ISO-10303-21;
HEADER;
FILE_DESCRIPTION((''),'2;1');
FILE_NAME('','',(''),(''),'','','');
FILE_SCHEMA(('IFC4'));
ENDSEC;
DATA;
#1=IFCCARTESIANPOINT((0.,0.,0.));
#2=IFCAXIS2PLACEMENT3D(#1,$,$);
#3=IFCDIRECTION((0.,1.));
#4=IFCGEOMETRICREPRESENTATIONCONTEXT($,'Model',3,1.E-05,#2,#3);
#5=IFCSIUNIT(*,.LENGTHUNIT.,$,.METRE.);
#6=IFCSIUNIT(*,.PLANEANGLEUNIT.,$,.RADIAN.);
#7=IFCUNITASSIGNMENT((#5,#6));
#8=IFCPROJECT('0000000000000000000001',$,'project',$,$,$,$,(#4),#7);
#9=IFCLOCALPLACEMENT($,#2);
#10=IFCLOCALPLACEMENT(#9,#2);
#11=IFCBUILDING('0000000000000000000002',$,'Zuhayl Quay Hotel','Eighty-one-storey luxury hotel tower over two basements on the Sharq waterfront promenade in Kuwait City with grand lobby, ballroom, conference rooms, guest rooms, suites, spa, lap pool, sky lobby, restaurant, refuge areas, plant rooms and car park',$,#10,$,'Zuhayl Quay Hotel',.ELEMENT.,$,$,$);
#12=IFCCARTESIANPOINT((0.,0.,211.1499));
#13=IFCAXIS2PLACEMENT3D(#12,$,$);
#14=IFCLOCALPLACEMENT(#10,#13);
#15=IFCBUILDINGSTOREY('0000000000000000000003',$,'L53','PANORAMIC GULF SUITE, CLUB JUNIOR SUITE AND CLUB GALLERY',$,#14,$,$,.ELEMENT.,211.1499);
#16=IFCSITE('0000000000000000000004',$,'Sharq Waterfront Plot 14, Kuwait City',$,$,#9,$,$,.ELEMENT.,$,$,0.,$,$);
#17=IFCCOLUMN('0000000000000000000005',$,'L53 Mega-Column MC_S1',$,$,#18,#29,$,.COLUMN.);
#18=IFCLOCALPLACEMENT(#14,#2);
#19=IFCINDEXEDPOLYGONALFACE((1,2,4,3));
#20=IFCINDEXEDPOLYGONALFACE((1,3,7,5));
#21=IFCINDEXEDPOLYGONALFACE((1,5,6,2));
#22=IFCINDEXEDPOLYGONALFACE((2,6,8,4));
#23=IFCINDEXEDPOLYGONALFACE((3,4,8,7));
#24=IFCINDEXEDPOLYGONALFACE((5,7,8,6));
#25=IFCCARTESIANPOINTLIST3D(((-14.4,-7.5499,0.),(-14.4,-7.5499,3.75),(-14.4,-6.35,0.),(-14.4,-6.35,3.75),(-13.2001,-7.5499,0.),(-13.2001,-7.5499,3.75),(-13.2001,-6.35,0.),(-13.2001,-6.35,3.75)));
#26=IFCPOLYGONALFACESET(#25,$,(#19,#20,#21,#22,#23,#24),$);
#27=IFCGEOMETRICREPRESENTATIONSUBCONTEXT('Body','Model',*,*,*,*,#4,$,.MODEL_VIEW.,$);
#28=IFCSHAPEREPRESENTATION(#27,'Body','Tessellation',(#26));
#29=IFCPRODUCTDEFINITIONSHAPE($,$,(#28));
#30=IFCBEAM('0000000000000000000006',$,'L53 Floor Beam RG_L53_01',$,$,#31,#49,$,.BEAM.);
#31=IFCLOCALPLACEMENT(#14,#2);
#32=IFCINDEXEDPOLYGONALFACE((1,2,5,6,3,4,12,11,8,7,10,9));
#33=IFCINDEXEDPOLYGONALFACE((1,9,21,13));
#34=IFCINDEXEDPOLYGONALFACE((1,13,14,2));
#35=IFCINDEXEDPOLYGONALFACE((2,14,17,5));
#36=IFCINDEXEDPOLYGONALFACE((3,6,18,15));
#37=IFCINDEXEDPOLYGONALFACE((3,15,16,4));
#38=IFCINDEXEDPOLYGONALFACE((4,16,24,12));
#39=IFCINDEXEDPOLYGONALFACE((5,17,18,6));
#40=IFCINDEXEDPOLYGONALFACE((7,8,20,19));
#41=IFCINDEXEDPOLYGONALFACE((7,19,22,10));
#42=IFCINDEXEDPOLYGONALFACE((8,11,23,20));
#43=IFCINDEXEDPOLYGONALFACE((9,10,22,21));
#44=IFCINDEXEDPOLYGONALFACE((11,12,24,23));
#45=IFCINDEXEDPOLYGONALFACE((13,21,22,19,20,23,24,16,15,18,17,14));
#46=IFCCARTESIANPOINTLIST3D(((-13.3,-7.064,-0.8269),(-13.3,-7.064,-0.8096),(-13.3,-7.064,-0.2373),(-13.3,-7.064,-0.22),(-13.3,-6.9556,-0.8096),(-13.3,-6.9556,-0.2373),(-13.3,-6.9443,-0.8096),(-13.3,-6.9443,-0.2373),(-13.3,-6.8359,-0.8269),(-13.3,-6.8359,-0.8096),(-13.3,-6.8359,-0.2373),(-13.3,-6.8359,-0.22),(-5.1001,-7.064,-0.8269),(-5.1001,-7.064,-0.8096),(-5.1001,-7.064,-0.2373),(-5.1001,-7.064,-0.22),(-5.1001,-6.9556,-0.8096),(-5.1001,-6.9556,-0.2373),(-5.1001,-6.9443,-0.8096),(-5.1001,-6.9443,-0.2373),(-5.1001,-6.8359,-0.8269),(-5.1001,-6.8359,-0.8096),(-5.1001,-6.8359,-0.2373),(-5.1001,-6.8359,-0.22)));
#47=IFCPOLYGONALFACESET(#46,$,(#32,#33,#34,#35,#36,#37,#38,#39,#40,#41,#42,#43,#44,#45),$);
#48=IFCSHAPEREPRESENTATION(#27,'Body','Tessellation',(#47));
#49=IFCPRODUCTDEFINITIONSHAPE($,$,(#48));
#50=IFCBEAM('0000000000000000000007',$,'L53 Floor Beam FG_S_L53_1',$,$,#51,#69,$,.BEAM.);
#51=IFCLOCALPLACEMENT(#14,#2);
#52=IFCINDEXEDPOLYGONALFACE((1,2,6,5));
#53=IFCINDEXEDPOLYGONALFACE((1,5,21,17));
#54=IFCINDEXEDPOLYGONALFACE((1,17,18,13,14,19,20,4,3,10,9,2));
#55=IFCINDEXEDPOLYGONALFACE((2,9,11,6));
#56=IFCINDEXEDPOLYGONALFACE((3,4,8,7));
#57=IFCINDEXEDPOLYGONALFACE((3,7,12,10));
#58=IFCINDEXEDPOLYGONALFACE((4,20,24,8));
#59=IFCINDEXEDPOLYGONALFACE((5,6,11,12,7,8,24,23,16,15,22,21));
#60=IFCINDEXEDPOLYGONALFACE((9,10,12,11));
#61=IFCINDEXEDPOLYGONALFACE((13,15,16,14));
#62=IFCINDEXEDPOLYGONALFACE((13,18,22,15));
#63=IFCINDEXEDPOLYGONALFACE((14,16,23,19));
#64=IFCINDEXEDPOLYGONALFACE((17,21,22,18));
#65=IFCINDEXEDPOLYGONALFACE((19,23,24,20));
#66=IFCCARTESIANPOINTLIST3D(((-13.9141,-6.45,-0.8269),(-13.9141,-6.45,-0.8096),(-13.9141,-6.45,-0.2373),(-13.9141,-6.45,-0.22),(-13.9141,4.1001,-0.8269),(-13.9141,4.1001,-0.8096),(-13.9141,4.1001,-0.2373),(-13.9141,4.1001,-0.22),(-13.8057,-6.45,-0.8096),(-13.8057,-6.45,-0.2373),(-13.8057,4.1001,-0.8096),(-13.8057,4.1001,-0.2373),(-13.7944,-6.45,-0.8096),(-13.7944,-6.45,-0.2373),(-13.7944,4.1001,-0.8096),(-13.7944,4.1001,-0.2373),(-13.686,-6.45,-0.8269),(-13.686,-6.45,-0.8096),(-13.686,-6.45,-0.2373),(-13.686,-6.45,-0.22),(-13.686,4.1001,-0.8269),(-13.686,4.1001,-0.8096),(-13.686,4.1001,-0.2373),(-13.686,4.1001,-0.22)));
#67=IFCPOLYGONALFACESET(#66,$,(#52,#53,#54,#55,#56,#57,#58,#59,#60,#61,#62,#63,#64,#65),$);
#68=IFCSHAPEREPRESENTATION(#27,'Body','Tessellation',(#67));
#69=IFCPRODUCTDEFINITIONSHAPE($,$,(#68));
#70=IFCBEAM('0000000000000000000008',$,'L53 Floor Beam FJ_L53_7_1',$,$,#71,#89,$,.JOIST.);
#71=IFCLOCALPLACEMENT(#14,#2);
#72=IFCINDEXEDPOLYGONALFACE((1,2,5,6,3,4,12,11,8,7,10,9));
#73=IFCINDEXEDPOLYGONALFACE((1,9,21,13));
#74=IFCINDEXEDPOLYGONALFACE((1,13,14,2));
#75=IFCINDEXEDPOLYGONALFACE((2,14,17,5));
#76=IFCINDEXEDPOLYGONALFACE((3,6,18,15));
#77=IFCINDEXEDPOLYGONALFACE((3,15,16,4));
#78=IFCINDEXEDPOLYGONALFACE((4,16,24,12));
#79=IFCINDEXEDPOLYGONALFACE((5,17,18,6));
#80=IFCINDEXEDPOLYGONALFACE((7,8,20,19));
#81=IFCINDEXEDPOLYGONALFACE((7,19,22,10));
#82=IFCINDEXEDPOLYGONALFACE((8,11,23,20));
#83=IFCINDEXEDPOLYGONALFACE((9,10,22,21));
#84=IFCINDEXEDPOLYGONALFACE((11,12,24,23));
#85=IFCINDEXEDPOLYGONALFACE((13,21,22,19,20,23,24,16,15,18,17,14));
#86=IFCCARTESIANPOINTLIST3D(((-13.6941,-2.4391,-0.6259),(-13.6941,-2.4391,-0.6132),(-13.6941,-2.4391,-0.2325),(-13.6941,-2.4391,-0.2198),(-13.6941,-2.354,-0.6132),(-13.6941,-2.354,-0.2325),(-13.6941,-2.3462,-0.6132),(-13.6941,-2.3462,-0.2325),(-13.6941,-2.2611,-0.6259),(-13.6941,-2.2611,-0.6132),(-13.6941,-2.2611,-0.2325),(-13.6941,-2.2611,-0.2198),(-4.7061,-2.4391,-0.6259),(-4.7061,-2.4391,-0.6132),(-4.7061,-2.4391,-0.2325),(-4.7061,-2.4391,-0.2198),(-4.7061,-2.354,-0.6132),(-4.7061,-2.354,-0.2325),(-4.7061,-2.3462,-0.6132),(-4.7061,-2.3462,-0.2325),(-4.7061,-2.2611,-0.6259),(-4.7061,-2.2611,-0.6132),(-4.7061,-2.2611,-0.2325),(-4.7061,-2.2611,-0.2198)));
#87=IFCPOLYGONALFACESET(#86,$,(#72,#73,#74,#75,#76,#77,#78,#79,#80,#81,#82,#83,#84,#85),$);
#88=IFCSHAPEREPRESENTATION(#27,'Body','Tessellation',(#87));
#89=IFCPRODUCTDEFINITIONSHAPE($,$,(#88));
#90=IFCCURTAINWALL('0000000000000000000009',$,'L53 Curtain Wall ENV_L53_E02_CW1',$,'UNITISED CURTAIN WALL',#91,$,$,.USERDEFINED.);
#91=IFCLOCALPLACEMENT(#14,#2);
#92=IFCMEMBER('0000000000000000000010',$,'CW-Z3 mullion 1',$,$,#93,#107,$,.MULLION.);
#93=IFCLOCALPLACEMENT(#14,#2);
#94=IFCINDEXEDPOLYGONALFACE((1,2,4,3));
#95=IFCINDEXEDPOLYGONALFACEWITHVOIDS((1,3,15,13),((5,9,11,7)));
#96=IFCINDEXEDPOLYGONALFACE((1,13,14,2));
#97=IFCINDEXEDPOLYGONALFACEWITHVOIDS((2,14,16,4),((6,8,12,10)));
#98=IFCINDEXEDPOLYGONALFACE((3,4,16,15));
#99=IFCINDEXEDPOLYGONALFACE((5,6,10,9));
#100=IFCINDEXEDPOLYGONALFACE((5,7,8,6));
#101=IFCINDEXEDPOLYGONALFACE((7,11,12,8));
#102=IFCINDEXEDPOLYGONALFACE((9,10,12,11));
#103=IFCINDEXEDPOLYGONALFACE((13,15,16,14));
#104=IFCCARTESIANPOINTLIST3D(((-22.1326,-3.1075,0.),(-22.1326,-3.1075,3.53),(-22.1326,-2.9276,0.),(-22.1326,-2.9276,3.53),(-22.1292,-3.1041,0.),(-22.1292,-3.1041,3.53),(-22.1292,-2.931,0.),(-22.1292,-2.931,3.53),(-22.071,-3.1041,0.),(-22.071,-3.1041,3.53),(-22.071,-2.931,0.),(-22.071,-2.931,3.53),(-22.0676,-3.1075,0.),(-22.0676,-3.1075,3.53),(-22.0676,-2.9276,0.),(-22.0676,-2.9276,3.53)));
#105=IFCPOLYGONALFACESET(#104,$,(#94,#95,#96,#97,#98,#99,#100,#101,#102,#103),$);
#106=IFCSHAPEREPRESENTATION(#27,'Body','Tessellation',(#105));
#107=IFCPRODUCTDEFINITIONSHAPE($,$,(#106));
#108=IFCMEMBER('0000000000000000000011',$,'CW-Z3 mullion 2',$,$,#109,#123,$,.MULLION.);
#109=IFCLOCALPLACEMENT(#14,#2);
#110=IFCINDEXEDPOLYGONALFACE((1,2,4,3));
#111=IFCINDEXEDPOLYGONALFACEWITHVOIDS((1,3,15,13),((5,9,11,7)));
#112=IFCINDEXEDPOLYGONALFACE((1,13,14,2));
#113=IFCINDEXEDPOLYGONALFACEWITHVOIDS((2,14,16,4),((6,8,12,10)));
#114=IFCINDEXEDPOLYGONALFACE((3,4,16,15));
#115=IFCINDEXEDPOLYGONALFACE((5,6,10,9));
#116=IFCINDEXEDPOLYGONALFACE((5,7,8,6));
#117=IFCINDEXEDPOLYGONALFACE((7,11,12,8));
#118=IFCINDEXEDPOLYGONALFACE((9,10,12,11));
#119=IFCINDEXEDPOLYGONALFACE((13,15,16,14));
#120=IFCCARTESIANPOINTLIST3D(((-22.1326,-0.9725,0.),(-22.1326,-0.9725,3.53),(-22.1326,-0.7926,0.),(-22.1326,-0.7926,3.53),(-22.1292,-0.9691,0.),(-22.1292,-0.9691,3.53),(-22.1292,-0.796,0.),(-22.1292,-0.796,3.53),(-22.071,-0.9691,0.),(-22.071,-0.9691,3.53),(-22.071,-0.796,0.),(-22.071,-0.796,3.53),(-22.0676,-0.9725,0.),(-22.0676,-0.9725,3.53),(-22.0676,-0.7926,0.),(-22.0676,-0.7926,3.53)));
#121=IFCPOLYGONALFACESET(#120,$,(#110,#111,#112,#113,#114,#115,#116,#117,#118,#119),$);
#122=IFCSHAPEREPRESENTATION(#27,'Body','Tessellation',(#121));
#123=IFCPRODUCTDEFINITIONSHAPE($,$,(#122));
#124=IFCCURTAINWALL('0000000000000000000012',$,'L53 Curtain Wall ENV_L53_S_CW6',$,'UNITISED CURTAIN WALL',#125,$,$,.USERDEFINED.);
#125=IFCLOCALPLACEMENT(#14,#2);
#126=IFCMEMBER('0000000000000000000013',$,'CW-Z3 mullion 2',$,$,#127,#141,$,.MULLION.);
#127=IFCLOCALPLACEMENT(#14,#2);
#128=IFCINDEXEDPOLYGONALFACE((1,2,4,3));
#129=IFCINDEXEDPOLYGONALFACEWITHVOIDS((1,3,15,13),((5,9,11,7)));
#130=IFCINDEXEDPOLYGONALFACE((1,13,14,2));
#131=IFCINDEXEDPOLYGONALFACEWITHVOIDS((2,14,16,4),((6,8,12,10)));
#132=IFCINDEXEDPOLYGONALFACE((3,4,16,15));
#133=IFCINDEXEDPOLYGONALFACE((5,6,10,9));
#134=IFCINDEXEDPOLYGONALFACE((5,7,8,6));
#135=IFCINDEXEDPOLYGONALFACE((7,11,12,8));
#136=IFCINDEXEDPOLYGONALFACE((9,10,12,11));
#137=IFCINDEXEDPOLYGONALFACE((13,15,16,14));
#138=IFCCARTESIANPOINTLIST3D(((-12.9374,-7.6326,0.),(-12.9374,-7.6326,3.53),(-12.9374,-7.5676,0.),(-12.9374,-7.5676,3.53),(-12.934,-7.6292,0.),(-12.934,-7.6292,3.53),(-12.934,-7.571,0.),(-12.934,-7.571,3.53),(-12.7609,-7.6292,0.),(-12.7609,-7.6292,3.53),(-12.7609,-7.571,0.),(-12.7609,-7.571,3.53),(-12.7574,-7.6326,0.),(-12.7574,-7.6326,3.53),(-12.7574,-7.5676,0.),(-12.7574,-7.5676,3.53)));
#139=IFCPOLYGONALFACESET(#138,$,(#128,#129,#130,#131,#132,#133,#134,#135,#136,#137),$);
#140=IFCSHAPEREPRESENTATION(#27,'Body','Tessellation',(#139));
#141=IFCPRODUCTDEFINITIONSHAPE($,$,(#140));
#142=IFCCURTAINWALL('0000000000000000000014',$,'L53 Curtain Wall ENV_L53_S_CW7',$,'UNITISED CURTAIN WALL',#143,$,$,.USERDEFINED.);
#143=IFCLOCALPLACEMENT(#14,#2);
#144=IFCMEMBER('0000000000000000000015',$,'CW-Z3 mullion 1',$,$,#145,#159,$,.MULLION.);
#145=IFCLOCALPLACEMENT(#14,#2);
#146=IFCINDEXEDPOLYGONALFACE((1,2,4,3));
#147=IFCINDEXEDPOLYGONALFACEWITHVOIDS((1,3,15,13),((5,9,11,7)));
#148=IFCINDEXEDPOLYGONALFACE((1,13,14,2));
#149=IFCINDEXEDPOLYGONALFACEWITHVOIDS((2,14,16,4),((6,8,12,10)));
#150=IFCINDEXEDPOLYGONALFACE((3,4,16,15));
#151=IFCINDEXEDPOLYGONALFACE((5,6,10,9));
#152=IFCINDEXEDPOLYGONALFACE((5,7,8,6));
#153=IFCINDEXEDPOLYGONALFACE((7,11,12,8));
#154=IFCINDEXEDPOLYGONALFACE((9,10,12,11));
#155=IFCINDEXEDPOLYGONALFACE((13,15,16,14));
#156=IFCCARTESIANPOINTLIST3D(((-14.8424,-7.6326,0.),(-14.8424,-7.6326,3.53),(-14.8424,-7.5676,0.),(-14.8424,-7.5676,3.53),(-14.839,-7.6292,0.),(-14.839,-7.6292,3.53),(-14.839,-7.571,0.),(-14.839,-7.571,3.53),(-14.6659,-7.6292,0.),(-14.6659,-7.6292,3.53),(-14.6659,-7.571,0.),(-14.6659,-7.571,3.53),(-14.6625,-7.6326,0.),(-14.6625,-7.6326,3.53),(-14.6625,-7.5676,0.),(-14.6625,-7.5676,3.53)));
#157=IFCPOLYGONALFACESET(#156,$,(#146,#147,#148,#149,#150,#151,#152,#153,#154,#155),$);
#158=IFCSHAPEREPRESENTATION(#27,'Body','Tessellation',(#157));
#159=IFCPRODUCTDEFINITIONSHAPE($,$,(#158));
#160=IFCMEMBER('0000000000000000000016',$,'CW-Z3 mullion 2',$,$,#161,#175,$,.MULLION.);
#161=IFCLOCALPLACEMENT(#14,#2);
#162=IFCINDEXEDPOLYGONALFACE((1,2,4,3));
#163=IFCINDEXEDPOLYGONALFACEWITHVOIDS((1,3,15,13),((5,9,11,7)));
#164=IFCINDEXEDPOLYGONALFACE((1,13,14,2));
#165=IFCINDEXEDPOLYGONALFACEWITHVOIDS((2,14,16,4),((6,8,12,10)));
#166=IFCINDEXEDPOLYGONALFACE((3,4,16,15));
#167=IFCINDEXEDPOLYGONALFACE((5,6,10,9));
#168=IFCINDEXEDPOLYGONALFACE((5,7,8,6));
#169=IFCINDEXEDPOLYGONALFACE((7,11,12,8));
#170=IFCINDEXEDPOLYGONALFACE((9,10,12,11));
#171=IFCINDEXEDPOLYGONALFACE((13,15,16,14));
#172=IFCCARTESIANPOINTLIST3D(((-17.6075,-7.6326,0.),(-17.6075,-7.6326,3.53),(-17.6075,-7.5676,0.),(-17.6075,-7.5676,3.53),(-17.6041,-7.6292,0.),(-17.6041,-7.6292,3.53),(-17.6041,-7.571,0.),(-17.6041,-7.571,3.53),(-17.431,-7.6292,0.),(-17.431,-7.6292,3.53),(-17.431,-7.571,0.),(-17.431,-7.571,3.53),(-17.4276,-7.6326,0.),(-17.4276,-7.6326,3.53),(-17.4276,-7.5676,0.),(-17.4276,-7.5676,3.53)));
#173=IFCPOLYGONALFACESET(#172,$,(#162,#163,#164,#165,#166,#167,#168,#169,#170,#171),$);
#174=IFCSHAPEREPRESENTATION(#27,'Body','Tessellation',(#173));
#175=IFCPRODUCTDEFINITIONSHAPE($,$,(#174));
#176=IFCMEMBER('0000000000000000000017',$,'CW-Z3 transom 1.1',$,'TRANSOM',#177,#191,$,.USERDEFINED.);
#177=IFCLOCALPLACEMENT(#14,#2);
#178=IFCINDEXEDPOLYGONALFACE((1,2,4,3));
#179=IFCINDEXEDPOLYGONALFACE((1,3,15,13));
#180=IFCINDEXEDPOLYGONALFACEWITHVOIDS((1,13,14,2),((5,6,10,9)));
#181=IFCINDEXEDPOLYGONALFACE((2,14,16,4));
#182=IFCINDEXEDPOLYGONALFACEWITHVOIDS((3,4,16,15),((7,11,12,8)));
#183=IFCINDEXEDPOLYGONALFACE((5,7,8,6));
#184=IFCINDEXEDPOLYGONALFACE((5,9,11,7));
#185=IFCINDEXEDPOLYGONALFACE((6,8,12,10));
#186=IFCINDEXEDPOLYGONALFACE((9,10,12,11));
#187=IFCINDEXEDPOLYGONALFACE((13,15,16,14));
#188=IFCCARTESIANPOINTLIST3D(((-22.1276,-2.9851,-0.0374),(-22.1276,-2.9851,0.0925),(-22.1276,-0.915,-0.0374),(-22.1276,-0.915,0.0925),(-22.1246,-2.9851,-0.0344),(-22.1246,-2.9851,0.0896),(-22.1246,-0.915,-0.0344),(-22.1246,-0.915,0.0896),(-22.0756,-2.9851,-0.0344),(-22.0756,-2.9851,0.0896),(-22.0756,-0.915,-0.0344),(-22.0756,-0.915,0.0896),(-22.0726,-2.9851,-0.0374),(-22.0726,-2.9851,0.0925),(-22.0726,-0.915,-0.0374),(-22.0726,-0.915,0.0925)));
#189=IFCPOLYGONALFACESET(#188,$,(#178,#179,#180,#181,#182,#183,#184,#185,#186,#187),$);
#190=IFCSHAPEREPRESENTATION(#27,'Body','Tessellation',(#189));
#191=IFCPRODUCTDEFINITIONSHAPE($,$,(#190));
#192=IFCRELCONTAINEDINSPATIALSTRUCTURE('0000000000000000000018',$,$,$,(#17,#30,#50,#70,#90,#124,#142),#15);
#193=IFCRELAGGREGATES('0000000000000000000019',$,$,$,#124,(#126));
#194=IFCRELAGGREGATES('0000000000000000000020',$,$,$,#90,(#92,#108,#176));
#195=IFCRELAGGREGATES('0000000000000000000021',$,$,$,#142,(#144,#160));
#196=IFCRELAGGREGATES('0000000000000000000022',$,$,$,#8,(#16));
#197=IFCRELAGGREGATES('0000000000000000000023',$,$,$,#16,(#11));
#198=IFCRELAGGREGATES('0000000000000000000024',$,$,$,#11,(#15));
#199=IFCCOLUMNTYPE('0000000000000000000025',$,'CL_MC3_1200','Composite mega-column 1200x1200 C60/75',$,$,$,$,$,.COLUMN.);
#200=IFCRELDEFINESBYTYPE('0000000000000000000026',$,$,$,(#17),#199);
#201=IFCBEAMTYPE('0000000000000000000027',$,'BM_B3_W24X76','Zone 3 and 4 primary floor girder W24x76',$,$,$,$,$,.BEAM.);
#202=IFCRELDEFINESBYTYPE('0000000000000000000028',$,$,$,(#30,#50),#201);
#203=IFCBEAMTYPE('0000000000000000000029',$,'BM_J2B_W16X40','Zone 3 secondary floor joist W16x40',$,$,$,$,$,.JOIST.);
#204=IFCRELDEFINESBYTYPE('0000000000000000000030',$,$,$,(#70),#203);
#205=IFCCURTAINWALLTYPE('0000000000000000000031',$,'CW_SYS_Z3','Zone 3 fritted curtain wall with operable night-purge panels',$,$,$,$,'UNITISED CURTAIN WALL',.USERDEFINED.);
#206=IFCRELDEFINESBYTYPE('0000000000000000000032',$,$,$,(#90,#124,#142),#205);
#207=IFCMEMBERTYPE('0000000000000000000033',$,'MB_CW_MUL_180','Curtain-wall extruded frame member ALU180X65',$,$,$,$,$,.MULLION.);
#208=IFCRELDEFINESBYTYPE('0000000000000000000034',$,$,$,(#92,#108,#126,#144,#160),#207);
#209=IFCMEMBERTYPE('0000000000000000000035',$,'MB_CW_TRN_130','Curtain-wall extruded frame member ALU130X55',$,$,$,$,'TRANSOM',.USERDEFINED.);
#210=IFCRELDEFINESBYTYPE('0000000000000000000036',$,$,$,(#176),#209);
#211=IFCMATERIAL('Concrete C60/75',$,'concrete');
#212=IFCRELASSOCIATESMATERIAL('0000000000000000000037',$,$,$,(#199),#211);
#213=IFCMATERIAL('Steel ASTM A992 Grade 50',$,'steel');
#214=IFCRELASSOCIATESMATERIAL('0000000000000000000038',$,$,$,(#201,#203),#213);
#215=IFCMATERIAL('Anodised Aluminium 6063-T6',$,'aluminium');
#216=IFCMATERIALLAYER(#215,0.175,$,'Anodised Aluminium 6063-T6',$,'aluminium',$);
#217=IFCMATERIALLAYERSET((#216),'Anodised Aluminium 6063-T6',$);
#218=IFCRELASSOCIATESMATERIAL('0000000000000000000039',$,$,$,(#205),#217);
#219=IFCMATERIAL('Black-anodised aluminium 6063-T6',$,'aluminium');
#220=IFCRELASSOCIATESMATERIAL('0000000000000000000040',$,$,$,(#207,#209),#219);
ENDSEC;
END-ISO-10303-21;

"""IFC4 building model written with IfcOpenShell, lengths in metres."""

from ifc_helpers import new_model, si_unit, direction, frame, origin, origin_2d, place, context, subcontext, project, spatial, rectangle, hollow_rectangle, i_section, extrude, material, layer, layer_set, material_profile, profile_set, type_object, element, aggregate, save


model = new_model("IFC4")

# Units and contexts
model_context = context("Model", 3, precision=1e-05, world=origin(), true_north=direction((0.0, 1.0)))
body_context = subcontext(model_context, "Body", "Model", "MODEL_VIEW")
ifc_project = project(units=[si_unit("LENGTHUNIT", "METRE"), si_unit("PLANEANGLEUNIT", "RADIAN")], contexts=[model_context])

# Site, building, storey
site_placement = place(None, origin())
site = spatial("IfcSite", under=ifc_project, at=site_placement, Name="Sharq Waterfront Plot 14, Kuwait City", CompositionType="ELEMENT", RefElevation=0.0)
building_placement = place(site_placement, origin())
building = spatial("IfcBuilding", under=site, at=building_placement, Name="Zuhayl Quay Hotel", Description="Eighty-one-storey luxury hotel tower over two basements on the Sharq waterfront promenade in Kuwait City with grand lobby, ballroom, conference rooms, guest rooms, suites, spa, lap pool, sky lobby, restaurant, refuge areas, plant rooms and car park", LongName="Zuhayl Quay Hotel", CompositionType="ELEMENT")
storey_placement = place(building_placement, frame((0.0, 0.0, 211.1499)))
storey = spatial("IfcBuildingStorey", under=building, at=storey_placement, Name="L53", Description="PANORAMIC GULF SUITE, CLUB JUNIOR SUITE AND CLUB GALLERY", CompositionType="ELEMENT", Elevation=211.1499)

# Column
ifc_material_1 = material(Name="Concrete C60/75", Category="concrete")
ifc_material_profile_1 = material_profile(ifc_material_1, rectangle(XDim=1.2, YDim=1.2, at=origin_2d()), Name="RC1200X1200")
ifc_profile_set_1 = profile_set([ifc_material_profile_1], Name="Concrete C60/75")
column_type = type_object("IfcColumnType", Name="CL_MC3_1200", Description="Composite mega-column 1200x1200 C60/75", PredefinedType="COLUMN", material=ifc_profile_set_1)
column_placement = place(storey_placement, frame((-13.8, -6.95, 0.0), z_axis=(0.0, 0.0, 1.0), x_axis=(1.0, 0.0, 0.0)))
element("IfcColumn", 1, at=column_placement, inside=storey, type_object=column_type, Name="L53 Mega-Column MC_S1", PredefinedType="COLUMN", context=body_context, shape_type="SweptSolid", body=[
    extrude(rectangle(XDim=1.2, YDim=1.2, at=origin_2d()), origin(), (0.0, 0.0, 1.0), 3.75),
])

# Beams
ifc_material_2 = material(Name="Steel ASTM A992 Grade 50", Category="steel")
ifc_material_profile_2 = material_profile(ifc_material_2, i_section(OverallWidth=0.228, OverallDepth=0.6069, WebThickness=0.0112, FlangeThickness=0.0173, at=origin_2d()), Name="W24X76")
ifc_profile_set_2 = profile_set([ifc_material_profile_2], Name="Steel ASTM A992 Grade 50")
beam_type_1 = type_object("IfcBeamType", Name="BM_B3_W24X76", Description="Zone 3 and 4 primary floor girder W24x76", PredefinedType="BEAM", material=ifc_profile_set_2)
beam_1_placement = place(storey_placement, frame((-13.3, -6.95, -0.5234), z_axis=(1.0, 0.0, 0.0), x_axis=(0.0, 1.0, 0.0)))
element("IfcBeam", 2, at=beam_1_placement, inside=storey, type_object=beam_type_1, Name="L53 Floor Beam RG_L53_01", PredefinedType="BEAM", context=body_context, shape_type="SweptSolid", body=[
    extrude(i_section(OverallWidth=0.228, OverallDepth=0.6069, WebThickness=0.0112, FlangeThickness=0.0173, at=origin_2d()), origin(), (0.0, 0.0, 1.0), 8.2),
])
beam_2_placement = place(storey_placement, frame((-13.8, -6.45, -0.5234), z_axis=(0.0, 1.0, 0.0), x_axis=(-1.0, 0.0, 0.0)))
element("IfcBeam", 3, at=beam_2_placement, inside=storey, type_object=beam_type_1, Name="L53 Floor Beam FG_S_L53_1", PredefinedType="BEAM", context=body_context, shape_type="SweptSolid", body=[
    extrude(i_section(OverallWidth=0.228, OverallDepth=0.6069, WebThickness=0.0112, FlangeThickness=0.0173, at=origin_2d()), origin(), (0.0, 0.0, 1.0), 10.55),
])
ifc_material_profile_3 = material_profile(ifc_material_2, i_section(OverallWidth=0.178, OverallDepth=0.406, WebThickness=0.0078, FlangeThickness=0.0127, at=origin_2d()), Name="W16X40")
ifc_profile_set_3 = profile_set([ifc_material_profile_3], Name="Steel ASTM A992 Grade 50")
beam_type_2 = type_object("IfcBeamType", Name="BM_J2B_W16X40", Description="Zone 3 secondary floor joist W16x40", PredefinedType="JOIST", material=ifc_profile_set_3)
beam_3_placement = place(storey_placement, frame((-13.6941, -2.3501, -0.4229), z_axis=(1.0, 0.0, 0.0), x_axis=(0.0, 1.0, 0.0)))
element("IfcBeam", 4, at=beam_3_placement, inside=storey, type_object=beam_type_2, Name="L53 Floor Beam FJ_L53_7_1", PredefinedType="JOIST", context=body_context, shape_type="SweptSolid", body=[
    extrude(i_section(OverallWidth=0.178, OverallDepth=0.406, WebThickness=0.0078, FlangeThickness=0.0127, at=origin_2d()), origin(), (0.0, 0.0, 1.0), 8.988),
])

# Curtain wall, members
ifc_material_3 = material(Name="Anodised Aluminium 6063-T6", Category="aluminium")
ifc_layer_1 = layer(ifc_material_3, 0.175, Name="Anodised Aluminium 6063-T6", Category="aluminium")
ifc_layer_set_1 = layer_set([ifc_layer_1], Name="Anodised Aluminium 6063-T6")
curtain_wall_type = type_object("IfcCurtainWallType", Name="CW_SYS_Z3", Description="Zone 3 fritted curtain wall with operable night-purge panels", ElementType="UNITISED CURTAIN WALL", PredefinedType="USERDEFINED", material=ifc_layer_set_1)
curtain_wall_1_placement = place(storey_placement, origin())
curtain_wall_1 = element("IfcCurtainWall", 5, at=curtain_wall_1_placement, inside=storey, type_object=curtain_wall_type, Name="L53 Curtain Wall ENV_L53_E02_CW1", ObjectType="UNITISED CURTAIN WALL", PredefinedType="USERDEFINED")
ifc_material_4 = material(Name="Black-anodised aluminium 6063-T6", Category="aluminium")
ifc_material_profile_4 = material_profile(ifc_material_4, hollow_rectangle(XDim=0.0649, YDim=0.1799, WallThickness=0.0034, at=origin_2d()), Name="ALU180X65")
ifc_profile_set_4 = profile_set([ifc_material_profile_4], Name="Black-anodised aluminium 6063-T6")
member_type_1 = type_object("IfcMemberType", Name="MB_CW_MUL_180", Description="Curtain-wall extruded frame member ALU180X65", PredefinedType="MULLION", material=ifc_profile_set_4)
member_1_placement = place(storey_placement, frame((-22.1001, -3.0176, 0.0), z_axis=(0.0, 0.0, 1.0), x_axis=(-1.0, 0.0, 0.0)))
member_1 = element("IfcMember", 6, at=member_1_placement, type_object=member_type_1, Name="CW-Z3 mullion 1", PredefinedType="MULLION", context=body_context, shape_type="SweptSolid", body=[
    extrude(hollow_rectangle(XDim=0.0649, YDim=0.1799, WallThickness=0.0034, at=origin_2d()), origin(), (0.0, 0.0, 1.0), 3.53),
])
member_2_placement = place(storey_placement, frame((-22.1001, -0.8826, 0.0), z_axis=(0.0, 0.0, 1.0), x_axis=(-1.0, 0.0, 0.0)))
member_2 = element("IfcMember", 7, at=member_2_placement, type_object=member_type_1, Name="CW-Z3 mullion 2", PredefinedType="MULLION", context=body_context, shape_type="SweptSolid", body=[
    extrude(hollow_rectangle(XDim=0.0649, YDim=0.1799, WallThickness=0.0034, at=origin_2d()), origin(), (0.0, 0.0, 1.0), 3.53),
])

# Curtain wall, member
curtain_wall_2_placement = place(storey_placement, origin())
curtain_wall_2 = element("IfcCurtainWall", 8, at=curtain_wall_2_placement, inside=storey, type_object=curtain_wall_type, Name="L53 Curtain Wall ENV_L53_S_CW6", ObjectType="UNITISED CURTAIN WALL", PredefinedType="USERDEFINED")
member_3_placement = place(storey_placement, frame((-12.8474, -7.6001, 0.0), z_axis=(0.0, 0.0, 1.0), x_axis=(0.0, -1.0, 0.0)))
member_3 = element("IfcMember", 9, at=member_3_placement, type_object=member_type_1, Name="CW-Z3 mullion 2", PredefinedType="MULLION", context=body_context, shape_type="SweptSolid", body=[
    extrude(hollow_rectangle(XDim=0.0649, YDim=0.1799, WallThickness=0.0034, at=origin_2d()), origin(), (0.0, 0.0, 1.0), 3.53),
])
aggregate(curtain_wall_2, [member_3])

# Curtain wall, members
curtain_wall_3_placement = place(storey_placement, origin())
curtain_wall_3 = element("IfcCurtainWall", 10, at=curtain_wall_3_placement, inside=storey, type_object=curtain_wall_type, Name="L53 Curtain Wall ENV_L53_S_CW7", ObjectType="UNITISED CURTAIN WALL", PredefinedType="USERDEFINED")
member_4_placement = place(storey_placement, frame((-14.7524, -7.6001, 0.0), z_axis=(0.0, 0.0, 1.0), x_axis=(0.0, -1.0, 0.0)))
member_4 = element("IfcMember", 11, at=member_4_placement, type_object=member_type_1, Name="CW-Z3 mullion 1", PredefinedType="MULLION", context=body_context, shape_type="SweptSolid", body=[
    extrude(hollow_rectangle(XDim=0.0649, YDim=0.1799, WallThickness=0.0034, at=origin_2d()), origin(), (0.0, 0.0, 1.0), 3.53),
])
member_5_placement = place(storey_placement, frame((-17.5176, -7.6001, 0.0), z_axis=(0.0, 0.0, 1.0), x_axis=(0.0, -1.0, 0.0)))
member_5 = element("IfcMember", 12, at=member_5_placement, type_object=member_type_1, Name="CW-Z3 mullion 2", PredefinedType="MULLION", context=body_context, shape_type="SweptSolid", body=[
    extrude(hollow_rectangle(XDim=0.0649, YDim=0.1799, WallThickness=0.0034, at=origin_2d()), origin(), (0.0, 0.0, 1.0), 3.53),
])

# Member
ifc_material_profile_5 = material_profile(ifc_material_4, hollow_rectangle(XDim=0.0549, YDim=0.1299, WallThickness=0.0029, at=origin_2d()), Name="ALU130X55")
ifc_profile_set_5 = profile_set([ifc_material_profile_5], Name="Black-anodised aluminium 6063-T6")
member_type_2 = type_object("IfcMemberType", Name="MB_CW_TRN_130", Description="Curtain-wall extruded frame member ALU130X55", ElementType="TRANSOM", PredefinedType="USERDEFINED", material=ifc_profile_set_5)
member_6_placement = place(storey_placement, frame((-22.1001, -2.9851, 0.0276), z_axis=(0.0, 1.0, 0.0), x_axis=(-1.0, 0.0, 0.0)))
member_6 = element("IfcMember", 13, at=member_6_placement, type_object=member_type_2, Name="CW-Z3 transom 1.1", ObjectType="TRANSOM", PredefinedType="USERDEFINED", context=body_context, shape_type="SweptSolid", body=[
    extrude(hollow_rectangle(XDim=0.0549, YDim=0.1299, WallThickness=0.0029, at=origin_2d()), origin(), (0.0, 0.0, 1.0), 2.0701),
])

aggregate(curtain_wall_1, [member_1, member_2, member_6])
aggregate(curtain_wall_3, [member_4, member_5])

save(model, "model.ifc")
